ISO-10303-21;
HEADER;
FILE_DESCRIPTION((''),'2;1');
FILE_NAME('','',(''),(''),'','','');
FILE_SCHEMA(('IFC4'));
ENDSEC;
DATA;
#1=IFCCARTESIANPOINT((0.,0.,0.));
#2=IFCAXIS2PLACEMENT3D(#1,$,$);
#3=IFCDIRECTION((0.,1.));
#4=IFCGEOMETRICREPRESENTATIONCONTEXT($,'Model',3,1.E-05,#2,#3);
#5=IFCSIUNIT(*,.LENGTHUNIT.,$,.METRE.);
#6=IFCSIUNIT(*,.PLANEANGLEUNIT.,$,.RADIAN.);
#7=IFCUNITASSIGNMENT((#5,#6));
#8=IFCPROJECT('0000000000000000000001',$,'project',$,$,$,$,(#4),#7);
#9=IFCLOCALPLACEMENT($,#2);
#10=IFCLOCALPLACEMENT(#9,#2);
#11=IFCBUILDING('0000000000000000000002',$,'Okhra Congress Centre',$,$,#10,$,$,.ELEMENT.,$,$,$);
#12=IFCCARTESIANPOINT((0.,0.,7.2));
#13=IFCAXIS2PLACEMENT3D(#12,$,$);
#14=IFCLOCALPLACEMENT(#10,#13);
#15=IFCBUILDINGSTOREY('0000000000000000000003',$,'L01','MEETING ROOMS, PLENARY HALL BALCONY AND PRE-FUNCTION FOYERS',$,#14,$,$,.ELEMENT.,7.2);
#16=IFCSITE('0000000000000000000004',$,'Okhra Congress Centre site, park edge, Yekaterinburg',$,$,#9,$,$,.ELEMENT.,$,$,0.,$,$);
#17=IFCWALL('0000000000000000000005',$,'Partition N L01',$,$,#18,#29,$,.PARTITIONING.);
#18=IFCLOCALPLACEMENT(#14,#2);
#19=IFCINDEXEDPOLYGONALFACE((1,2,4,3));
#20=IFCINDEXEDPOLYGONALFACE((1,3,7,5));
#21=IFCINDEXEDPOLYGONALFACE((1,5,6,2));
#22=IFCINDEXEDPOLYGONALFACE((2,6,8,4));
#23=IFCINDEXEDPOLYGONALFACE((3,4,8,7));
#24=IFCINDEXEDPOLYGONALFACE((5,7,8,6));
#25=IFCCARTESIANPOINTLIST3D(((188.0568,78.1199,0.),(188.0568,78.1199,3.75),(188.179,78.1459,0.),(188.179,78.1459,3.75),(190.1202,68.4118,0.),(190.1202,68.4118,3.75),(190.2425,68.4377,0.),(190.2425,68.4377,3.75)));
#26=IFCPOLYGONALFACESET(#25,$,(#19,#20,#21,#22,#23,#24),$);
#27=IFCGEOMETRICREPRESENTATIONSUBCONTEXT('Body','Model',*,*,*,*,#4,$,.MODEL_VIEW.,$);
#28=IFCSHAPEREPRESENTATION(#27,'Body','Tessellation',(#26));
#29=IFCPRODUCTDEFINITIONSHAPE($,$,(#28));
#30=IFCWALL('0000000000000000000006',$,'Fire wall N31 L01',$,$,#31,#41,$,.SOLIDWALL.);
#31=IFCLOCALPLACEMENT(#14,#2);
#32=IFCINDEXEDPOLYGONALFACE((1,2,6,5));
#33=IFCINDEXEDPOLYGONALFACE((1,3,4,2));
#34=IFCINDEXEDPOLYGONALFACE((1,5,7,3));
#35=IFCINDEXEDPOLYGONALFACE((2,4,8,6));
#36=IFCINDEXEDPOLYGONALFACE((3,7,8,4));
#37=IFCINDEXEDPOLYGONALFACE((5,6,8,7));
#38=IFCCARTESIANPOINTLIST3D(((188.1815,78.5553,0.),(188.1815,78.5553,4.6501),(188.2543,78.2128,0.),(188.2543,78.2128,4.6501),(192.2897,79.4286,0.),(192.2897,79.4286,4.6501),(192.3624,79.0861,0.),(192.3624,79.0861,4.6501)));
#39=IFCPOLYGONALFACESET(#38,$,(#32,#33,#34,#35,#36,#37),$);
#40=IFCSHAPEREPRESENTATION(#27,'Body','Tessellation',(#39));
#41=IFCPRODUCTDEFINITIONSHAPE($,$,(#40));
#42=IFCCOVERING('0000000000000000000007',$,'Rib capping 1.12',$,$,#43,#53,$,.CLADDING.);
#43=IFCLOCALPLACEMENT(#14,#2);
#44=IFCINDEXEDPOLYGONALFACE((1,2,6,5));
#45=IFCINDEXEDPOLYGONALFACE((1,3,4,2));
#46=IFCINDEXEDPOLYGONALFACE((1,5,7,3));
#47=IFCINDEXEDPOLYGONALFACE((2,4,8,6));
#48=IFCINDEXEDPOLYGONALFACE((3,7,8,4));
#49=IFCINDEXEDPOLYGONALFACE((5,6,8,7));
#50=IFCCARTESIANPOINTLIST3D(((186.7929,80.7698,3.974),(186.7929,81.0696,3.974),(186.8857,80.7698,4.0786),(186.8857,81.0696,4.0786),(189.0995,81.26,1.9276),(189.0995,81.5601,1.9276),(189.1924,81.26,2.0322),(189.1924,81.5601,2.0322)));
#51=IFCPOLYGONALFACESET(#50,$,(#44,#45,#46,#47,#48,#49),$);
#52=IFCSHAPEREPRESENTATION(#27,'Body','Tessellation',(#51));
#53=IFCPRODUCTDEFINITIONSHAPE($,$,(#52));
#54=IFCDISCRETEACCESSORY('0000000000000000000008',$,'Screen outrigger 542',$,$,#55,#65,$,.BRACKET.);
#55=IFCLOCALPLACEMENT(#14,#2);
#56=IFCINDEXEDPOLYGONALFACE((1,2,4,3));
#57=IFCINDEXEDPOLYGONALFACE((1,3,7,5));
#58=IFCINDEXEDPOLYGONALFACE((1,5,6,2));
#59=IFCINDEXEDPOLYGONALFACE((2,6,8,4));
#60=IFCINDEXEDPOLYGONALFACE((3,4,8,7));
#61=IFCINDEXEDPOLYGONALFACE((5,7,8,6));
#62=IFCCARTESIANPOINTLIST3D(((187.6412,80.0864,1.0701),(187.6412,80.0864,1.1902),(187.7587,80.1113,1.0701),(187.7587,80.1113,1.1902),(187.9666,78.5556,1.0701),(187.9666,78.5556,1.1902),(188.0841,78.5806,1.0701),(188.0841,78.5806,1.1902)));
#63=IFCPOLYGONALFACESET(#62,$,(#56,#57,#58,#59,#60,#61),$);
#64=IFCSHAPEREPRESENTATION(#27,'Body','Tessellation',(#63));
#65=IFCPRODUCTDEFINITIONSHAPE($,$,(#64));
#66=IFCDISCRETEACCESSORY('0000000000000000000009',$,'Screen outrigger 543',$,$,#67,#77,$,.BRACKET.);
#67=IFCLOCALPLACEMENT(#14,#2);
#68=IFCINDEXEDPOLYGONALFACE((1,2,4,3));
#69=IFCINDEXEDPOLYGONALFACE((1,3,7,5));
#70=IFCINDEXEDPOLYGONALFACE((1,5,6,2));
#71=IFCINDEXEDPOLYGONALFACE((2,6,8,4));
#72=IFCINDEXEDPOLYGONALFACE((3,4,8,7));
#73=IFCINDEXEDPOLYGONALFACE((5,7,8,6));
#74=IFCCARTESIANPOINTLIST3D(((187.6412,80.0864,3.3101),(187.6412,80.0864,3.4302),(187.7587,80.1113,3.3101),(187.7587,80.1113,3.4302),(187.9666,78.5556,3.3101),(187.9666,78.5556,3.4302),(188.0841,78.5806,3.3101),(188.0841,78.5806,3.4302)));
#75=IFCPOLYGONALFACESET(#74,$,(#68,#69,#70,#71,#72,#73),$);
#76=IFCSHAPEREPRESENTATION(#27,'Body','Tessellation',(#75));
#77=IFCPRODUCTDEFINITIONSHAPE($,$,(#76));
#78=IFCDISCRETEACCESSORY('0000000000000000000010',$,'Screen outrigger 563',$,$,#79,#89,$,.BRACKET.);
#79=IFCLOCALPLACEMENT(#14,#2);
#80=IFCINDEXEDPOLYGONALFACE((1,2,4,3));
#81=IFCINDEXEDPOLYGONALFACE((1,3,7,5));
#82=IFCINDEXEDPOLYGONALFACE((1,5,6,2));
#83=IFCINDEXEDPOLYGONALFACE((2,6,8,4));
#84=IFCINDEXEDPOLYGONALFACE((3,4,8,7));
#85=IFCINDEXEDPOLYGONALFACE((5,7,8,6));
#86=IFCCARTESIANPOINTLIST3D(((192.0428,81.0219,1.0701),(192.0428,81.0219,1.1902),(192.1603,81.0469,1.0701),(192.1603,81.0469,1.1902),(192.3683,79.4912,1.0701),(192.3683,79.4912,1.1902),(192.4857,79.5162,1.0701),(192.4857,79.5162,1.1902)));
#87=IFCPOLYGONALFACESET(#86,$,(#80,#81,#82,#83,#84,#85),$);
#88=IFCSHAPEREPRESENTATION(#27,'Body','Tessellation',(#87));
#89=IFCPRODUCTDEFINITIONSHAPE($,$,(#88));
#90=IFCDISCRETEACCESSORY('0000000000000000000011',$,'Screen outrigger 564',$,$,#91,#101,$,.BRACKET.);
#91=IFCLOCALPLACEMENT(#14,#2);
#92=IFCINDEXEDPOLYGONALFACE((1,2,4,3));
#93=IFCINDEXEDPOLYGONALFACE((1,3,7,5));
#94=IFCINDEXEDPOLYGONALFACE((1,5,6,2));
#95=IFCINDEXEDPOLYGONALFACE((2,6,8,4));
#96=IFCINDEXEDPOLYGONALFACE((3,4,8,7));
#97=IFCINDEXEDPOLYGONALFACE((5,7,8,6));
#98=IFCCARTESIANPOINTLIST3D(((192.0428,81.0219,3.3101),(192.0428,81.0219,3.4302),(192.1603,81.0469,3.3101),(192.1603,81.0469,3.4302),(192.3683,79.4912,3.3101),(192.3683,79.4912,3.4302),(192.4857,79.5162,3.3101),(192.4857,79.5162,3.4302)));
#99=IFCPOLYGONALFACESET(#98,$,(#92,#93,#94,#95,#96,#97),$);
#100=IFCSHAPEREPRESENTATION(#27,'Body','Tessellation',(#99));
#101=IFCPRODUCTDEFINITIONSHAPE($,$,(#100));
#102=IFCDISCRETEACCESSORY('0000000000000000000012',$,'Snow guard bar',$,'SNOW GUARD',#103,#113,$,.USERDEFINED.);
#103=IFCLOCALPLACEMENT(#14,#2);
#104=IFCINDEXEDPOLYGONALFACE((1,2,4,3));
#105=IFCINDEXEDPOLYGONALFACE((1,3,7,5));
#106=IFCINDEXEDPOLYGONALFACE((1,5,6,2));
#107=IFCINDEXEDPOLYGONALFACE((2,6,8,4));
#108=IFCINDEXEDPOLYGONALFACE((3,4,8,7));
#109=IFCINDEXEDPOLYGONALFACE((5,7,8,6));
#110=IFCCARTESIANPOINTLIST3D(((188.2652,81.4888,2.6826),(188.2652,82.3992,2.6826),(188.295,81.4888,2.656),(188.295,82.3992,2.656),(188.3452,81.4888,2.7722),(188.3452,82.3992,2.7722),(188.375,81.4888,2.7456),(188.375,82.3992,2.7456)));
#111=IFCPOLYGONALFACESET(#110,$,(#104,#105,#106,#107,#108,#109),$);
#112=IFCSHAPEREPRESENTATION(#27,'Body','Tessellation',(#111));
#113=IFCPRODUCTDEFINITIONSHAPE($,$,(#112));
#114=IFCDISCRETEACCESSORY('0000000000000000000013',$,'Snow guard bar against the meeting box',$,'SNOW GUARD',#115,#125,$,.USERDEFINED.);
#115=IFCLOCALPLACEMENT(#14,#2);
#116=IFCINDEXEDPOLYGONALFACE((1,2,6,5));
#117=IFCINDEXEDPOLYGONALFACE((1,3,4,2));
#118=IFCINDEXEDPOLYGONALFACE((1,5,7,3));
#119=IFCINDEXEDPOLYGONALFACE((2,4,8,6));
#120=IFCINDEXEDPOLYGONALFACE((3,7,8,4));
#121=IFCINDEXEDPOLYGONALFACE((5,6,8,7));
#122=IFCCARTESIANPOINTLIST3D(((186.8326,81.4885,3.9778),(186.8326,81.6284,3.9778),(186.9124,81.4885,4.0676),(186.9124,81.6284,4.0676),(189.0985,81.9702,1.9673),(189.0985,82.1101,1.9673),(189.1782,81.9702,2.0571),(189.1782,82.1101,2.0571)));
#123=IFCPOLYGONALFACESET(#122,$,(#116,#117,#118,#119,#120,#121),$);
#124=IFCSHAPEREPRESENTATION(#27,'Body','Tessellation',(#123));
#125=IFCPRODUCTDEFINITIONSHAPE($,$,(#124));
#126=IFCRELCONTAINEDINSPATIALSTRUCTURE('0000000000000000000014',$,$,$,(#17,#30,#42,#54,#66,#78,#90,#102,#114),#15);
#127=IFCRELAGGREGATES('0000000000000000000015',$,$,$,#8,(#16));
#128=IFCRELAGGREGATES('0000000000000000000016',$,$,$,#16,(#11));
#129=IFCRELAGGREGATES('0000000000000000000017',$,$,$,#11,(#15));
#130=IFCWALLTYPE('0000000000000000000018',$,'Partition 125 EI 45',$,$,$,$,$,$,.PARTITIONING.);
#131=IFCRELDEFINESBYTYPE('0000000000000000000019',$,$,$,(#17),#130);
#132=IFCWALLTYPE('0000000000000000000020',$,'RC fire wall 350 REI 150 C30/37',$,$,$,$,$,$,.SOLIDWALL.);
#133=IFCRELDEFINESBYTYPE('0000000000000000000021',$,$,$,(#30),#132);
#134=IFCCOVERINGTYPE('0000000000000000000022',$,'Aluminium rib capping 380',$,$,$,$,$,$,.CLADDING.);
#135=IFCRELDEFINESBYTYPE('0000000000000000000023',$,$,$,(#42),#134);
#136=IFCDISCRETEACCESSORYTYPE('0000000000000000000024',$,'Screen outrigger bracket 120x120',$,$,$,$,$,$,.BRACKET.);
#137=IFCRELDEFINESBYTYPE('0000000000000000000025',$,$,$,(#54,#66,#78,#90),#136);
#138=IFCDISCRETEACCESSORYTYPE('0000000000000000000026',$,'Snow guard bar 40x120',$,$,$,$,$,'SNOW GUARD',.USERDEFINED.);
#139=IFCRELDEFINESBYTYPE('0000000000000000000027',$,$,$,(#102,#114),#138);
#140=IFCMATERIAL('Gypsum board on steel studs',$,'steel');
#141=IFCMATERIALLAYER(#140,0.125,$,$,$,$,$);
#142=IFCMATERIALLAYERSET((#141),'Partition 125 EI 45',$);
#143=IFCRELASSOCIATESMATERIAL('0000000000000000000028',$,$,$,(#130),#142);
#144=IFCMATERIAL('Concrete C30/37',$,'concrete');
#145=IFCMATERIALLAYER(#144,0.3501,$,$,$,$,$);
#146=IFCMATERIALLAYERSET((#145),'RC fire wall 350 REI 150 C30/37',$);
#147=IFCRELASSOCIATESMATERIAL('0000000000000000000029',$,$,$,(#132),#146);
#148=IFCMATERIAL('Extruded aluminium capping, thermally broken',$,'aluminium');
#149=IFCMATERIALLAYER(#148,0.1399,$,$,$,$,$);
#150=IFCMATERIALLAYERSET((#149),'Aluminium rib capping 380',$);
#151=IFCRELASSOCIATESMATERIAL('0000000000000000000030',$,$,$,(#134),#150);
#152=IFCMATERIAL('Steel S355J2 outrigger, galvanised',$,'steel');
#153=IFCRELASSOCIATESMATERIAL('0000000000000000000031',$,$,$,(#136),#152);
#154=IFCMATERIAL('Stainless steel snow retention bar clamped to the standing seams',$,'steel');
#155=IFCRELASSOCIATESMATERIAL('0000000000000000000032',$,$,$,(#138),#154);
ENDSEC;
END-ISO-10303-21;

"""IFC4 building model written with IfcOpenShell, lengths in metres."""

from ifc_helpers import new_model, si_unit, direction, frame, frame_2d, origin, origin_2d, place, context, subcontext, project, spatial, polyline, rectangle, outline, extrude, material, layer, layer_set, material_profile, profile_set, type_object, element, save


model = new_model("IFC4")

# Units and contexts
model_context = context("Model", 3, precision=1e-05, world=origin(), true_north=direction((0.0, 1.0)))
body_context = subcontext(model_context, "Body", "Model", "MODEL_VIEW")
ifc_project = project(units=[si_unit("LENGTHUNIT", "METRE"), si_unit("PLANEANGLEUNIT", "RADIAN")], contexts=[model_context])

# Site, building, storey
site_placement = place(None, origin())
site = spatial("IfcSite", under=ifc_project, at=site_placement, Name="Okhra Congress Centre site, park edge, Yekaterinburg", CompositionType="ELEMENT", RefElevation=0.0)
building_placement = place(site_placement, origin())
building = spatial("IfcBuilding", under=site, at=building_placement, Name="Okhra Congress Centre", CompositionType="ELEMENT")
storey_placement = place(building_placement, frame((0.0, 0.0, 7.2)))
storey = spatial("IfcBuildingStorey", under=building, at=storey_placement, Name="L01", Description="MEETING ROOMS, PLENARY HALL BALCONY AND PRE-FUNCTION FOYERS", CompositionType="ELEMENT", Elevation=7.2)

# Walls
ifc_material_1 = material(Name="Gypsum board on steel studs", Category="steel")
ifc_layer_1 = layer(ifc_material_1, 0.125)
ifc_layer_set_1 = layer_set([ifc_layer_1], Name="Partition 125 EI 45")
wall_type_1 = type_object("IfcWallType", Name="Partition 125 EI 45", PredefinedType="PARTITIONING", material=ifc_layer_set_1)
wall_1_placement = place(storey_placement, frame((188.1179, 78.1328, 0.0), z_axis=(0.0, 0.0, 1.0), x_axis=(0.207904, -0.978149, 0.0)))
element("IfcWall", 1, at=wall_1_placement, inside=storey, type_object=wall_type_1, Name="Partition N L01", PredefinedType="PARTITIONING", context=body_context, shape_type="SweptSolid", body=[
    extrude(rectangle(XDim=9.925, YDim=0.125, at=frame_2d((4.9624, 0.0))), origin(), (0.0, 0.0, 1.0), 3.75),
])
ifc_material_2 = material(Name="Concrete C30/37", Category="concrete")
ifc_layer_2 = layer(ifc_material_2, 0.3501)
ifc_layer_set_2 = layer_set([ifc_layer_2], Name="RC fire wall 350 REI 150 C30/37")
wall_type_2 = type_object("IfcWallType", Name="RC fire wall 350 REI 150 C30/37", PredefinedType="SOLIDWALL", material=ifc_layer_set_2)
wall_2_placement = place(storey_placement, frame((188.2178, 78.384, 0.0), z_axis=(0.0, 0.0, 1.0), x_axis=(0.978144, 0.207929, 0.0)))
element("IfcWall", 2, at=wall_2_placement, inside=storey, type_object=wall_type_2, Name="Fire wall N31 L01", PredefinedType="SOLIDWALL", context=body_context, shape_type="SweptSolid", body=[
    extrude(rectangle(XDim=4.2, YDim=0.3501, at=frame_2d((2.1001, 0.0))), origin(), (0.0, 0.0, 1.0), 4.6501),
])

# Covering
ifc_material_3 = material(Name="Extruded aluminium capping, thermally broken", Category="aluminium")
ifc_layer_3 = layer(ifc_material_3, 0.1399)
ifc_layer_set_3 = layer_set([ifc_layer_3], Name="Aluminium rib capping 380")
covering_type = type_object("IfcCoveringType", Name="Aluminium rib capping 380", PredefinedType="CLADDING", material=ifc_layer_set_3)
covering_placement = place(storey_placement, frame((186.8857, 80.7698, 4.0786), z_axis=(0.663646, 0.0, 0.748047), x_axis=(0.738769, 0.157012, -0.655415)))
element("IfcCovering", 3, at=covering_placement, inside=storey, type_object=covering_type, Name="Rib capping 1.12", PredefinedType="CLADDING", context=body_context, shape_type="SweptSolid", body=[
    extrude(outline(polyline([(0.0, 0.0), (3.1223, 0.0), (3.1694, 0.2963), (0.0471, 0.2961), (0.0, 0.0)])), origin(), (0.0, 0.0, -1.0), 0.1399),
])

# Discrete accessories
ifc_material_4 = material(Name="Steel S355J2 outrigger, galvanised", Category="steel")
ifc_material_profile_1 = material_profile(ifc_material_4, rectangle(XDim=0.1201, YDim=0.1201, at=origin_2d()), Name="Screen outrigger bracket 120x120")
ifc_profile_set_1 = profile_set([ifc_material_profile_1], Name="Steel S355J2 outrigger, galvanised")
discrete_accessory_type_1 = type_object("IfcDiscreteAccessoryType", Name="Screen outrigger bracket 120x120", PredefinedType="BRACKET", material=ifc_profile_set_1)
for number, where, z_axis, x_axis, name in (
    (4, (188.0254, 78.5681, 1.1301), (-0.207952, 0.978139, 0.0), (-0.978139, -0.207952, 0.0), "Screen outrigger 542"),
    (5, (188.0254, 78.5681, 3.3701), (-0.207952, 0.978139, 0.0), (-0.978139, -0.207952, 0.0), "Screen outrigger 543"),
    (6, (192.427, 79.5037, 1.1301), (-0.207952, 0.978139, 0.0), (-0.978139, -0.207952, 0.0), "Screen outrigger 563"),
    (7, (192.427, 79.5037, 3.3701), (-0.207952, 0.978139, 0.0), (-0.978139, -0.207952, 0.0), "Screen outrigger 564"),
):
    element("IfcDiscreteAccessory", number, at=place(storey_placement, frame(where, z_axis=z_axis, x_axis=x_axis)), inside=storey, type_object=discrete_accessory_type_1, Name=name, PredefinedType="BRACKET", context=body_context, shape_type="SweptSolid", body=[
        extrude(rectangle(XDim=0.1201, YDim=0.1201, at=origin_2d()), origin(), (0.0, 0.0, 1.0), 1.5649),
    ])
ifc_material_5 = material(Name="Stainless steel snow retention bar clamped to the standing seams", Category="steel")
discrete_accessory_type_2 = type_object("IfcDiscreteAccessoryType", Name="Snow guard bar 40x120", ElementType="SNOW GUARD", PredefinedType="USERDEFINED", material=ifc_material_5)
discrete_accessory_1_placement = place(storey_placement, frame((188.3452, 81.4888, 2.7722), z_axis=(0.666259, 0.0, 0.745721), x_axis=(0.745721, 0.0, -0.666259)))
element("IfcDiscreteAccessory", 8, at=discrete_accessory_1_placement, inside=storey, type_object=discrete_accessory_type_2, Name="Snow guard bar", ObjectType="SNOW GUARD", PredefinedType="USERDEFINED", context=body_context, shape_type="SweptSolid", body=[
    extrude(outline(polyline([(0.0, 0.0), (0.0399, 0.0), (0.0399, 0.9104), (0.0, 0.9104), (0.0, 0.0)])), origin(), (0.0, 0.0, -1.0), 0.1201),
])
discrete_accessory_2_placement = place(storey_placement, frame((186.9124, 81.4885, 4.0676), z_axis=(0.663698, 0.0, 0.748), x_axis=(0.738719, 0.157041, -0.655463)))
element("IfcDiscreteAccessory", 9, at=discrete_accessory_2_placement, inside=storey, type_object=discrete_accessory_type_2, Name="Snow guard bar against the meeting box", ObjectType="SNOW GUARD", PredefinedType="USERDEFINED", context=body_context, shape_type="SweptSolid", body=[
    extrude(outline(polyline([(0.0, 0.0), (3.0673, 0.0), (3.0893, 0.1382), (0.022, 0.1382), (0.0, 0.0)])), origin(), (0.0, 0.0, -1.0), 0.1201),
])

save(model, "model.ifc")
